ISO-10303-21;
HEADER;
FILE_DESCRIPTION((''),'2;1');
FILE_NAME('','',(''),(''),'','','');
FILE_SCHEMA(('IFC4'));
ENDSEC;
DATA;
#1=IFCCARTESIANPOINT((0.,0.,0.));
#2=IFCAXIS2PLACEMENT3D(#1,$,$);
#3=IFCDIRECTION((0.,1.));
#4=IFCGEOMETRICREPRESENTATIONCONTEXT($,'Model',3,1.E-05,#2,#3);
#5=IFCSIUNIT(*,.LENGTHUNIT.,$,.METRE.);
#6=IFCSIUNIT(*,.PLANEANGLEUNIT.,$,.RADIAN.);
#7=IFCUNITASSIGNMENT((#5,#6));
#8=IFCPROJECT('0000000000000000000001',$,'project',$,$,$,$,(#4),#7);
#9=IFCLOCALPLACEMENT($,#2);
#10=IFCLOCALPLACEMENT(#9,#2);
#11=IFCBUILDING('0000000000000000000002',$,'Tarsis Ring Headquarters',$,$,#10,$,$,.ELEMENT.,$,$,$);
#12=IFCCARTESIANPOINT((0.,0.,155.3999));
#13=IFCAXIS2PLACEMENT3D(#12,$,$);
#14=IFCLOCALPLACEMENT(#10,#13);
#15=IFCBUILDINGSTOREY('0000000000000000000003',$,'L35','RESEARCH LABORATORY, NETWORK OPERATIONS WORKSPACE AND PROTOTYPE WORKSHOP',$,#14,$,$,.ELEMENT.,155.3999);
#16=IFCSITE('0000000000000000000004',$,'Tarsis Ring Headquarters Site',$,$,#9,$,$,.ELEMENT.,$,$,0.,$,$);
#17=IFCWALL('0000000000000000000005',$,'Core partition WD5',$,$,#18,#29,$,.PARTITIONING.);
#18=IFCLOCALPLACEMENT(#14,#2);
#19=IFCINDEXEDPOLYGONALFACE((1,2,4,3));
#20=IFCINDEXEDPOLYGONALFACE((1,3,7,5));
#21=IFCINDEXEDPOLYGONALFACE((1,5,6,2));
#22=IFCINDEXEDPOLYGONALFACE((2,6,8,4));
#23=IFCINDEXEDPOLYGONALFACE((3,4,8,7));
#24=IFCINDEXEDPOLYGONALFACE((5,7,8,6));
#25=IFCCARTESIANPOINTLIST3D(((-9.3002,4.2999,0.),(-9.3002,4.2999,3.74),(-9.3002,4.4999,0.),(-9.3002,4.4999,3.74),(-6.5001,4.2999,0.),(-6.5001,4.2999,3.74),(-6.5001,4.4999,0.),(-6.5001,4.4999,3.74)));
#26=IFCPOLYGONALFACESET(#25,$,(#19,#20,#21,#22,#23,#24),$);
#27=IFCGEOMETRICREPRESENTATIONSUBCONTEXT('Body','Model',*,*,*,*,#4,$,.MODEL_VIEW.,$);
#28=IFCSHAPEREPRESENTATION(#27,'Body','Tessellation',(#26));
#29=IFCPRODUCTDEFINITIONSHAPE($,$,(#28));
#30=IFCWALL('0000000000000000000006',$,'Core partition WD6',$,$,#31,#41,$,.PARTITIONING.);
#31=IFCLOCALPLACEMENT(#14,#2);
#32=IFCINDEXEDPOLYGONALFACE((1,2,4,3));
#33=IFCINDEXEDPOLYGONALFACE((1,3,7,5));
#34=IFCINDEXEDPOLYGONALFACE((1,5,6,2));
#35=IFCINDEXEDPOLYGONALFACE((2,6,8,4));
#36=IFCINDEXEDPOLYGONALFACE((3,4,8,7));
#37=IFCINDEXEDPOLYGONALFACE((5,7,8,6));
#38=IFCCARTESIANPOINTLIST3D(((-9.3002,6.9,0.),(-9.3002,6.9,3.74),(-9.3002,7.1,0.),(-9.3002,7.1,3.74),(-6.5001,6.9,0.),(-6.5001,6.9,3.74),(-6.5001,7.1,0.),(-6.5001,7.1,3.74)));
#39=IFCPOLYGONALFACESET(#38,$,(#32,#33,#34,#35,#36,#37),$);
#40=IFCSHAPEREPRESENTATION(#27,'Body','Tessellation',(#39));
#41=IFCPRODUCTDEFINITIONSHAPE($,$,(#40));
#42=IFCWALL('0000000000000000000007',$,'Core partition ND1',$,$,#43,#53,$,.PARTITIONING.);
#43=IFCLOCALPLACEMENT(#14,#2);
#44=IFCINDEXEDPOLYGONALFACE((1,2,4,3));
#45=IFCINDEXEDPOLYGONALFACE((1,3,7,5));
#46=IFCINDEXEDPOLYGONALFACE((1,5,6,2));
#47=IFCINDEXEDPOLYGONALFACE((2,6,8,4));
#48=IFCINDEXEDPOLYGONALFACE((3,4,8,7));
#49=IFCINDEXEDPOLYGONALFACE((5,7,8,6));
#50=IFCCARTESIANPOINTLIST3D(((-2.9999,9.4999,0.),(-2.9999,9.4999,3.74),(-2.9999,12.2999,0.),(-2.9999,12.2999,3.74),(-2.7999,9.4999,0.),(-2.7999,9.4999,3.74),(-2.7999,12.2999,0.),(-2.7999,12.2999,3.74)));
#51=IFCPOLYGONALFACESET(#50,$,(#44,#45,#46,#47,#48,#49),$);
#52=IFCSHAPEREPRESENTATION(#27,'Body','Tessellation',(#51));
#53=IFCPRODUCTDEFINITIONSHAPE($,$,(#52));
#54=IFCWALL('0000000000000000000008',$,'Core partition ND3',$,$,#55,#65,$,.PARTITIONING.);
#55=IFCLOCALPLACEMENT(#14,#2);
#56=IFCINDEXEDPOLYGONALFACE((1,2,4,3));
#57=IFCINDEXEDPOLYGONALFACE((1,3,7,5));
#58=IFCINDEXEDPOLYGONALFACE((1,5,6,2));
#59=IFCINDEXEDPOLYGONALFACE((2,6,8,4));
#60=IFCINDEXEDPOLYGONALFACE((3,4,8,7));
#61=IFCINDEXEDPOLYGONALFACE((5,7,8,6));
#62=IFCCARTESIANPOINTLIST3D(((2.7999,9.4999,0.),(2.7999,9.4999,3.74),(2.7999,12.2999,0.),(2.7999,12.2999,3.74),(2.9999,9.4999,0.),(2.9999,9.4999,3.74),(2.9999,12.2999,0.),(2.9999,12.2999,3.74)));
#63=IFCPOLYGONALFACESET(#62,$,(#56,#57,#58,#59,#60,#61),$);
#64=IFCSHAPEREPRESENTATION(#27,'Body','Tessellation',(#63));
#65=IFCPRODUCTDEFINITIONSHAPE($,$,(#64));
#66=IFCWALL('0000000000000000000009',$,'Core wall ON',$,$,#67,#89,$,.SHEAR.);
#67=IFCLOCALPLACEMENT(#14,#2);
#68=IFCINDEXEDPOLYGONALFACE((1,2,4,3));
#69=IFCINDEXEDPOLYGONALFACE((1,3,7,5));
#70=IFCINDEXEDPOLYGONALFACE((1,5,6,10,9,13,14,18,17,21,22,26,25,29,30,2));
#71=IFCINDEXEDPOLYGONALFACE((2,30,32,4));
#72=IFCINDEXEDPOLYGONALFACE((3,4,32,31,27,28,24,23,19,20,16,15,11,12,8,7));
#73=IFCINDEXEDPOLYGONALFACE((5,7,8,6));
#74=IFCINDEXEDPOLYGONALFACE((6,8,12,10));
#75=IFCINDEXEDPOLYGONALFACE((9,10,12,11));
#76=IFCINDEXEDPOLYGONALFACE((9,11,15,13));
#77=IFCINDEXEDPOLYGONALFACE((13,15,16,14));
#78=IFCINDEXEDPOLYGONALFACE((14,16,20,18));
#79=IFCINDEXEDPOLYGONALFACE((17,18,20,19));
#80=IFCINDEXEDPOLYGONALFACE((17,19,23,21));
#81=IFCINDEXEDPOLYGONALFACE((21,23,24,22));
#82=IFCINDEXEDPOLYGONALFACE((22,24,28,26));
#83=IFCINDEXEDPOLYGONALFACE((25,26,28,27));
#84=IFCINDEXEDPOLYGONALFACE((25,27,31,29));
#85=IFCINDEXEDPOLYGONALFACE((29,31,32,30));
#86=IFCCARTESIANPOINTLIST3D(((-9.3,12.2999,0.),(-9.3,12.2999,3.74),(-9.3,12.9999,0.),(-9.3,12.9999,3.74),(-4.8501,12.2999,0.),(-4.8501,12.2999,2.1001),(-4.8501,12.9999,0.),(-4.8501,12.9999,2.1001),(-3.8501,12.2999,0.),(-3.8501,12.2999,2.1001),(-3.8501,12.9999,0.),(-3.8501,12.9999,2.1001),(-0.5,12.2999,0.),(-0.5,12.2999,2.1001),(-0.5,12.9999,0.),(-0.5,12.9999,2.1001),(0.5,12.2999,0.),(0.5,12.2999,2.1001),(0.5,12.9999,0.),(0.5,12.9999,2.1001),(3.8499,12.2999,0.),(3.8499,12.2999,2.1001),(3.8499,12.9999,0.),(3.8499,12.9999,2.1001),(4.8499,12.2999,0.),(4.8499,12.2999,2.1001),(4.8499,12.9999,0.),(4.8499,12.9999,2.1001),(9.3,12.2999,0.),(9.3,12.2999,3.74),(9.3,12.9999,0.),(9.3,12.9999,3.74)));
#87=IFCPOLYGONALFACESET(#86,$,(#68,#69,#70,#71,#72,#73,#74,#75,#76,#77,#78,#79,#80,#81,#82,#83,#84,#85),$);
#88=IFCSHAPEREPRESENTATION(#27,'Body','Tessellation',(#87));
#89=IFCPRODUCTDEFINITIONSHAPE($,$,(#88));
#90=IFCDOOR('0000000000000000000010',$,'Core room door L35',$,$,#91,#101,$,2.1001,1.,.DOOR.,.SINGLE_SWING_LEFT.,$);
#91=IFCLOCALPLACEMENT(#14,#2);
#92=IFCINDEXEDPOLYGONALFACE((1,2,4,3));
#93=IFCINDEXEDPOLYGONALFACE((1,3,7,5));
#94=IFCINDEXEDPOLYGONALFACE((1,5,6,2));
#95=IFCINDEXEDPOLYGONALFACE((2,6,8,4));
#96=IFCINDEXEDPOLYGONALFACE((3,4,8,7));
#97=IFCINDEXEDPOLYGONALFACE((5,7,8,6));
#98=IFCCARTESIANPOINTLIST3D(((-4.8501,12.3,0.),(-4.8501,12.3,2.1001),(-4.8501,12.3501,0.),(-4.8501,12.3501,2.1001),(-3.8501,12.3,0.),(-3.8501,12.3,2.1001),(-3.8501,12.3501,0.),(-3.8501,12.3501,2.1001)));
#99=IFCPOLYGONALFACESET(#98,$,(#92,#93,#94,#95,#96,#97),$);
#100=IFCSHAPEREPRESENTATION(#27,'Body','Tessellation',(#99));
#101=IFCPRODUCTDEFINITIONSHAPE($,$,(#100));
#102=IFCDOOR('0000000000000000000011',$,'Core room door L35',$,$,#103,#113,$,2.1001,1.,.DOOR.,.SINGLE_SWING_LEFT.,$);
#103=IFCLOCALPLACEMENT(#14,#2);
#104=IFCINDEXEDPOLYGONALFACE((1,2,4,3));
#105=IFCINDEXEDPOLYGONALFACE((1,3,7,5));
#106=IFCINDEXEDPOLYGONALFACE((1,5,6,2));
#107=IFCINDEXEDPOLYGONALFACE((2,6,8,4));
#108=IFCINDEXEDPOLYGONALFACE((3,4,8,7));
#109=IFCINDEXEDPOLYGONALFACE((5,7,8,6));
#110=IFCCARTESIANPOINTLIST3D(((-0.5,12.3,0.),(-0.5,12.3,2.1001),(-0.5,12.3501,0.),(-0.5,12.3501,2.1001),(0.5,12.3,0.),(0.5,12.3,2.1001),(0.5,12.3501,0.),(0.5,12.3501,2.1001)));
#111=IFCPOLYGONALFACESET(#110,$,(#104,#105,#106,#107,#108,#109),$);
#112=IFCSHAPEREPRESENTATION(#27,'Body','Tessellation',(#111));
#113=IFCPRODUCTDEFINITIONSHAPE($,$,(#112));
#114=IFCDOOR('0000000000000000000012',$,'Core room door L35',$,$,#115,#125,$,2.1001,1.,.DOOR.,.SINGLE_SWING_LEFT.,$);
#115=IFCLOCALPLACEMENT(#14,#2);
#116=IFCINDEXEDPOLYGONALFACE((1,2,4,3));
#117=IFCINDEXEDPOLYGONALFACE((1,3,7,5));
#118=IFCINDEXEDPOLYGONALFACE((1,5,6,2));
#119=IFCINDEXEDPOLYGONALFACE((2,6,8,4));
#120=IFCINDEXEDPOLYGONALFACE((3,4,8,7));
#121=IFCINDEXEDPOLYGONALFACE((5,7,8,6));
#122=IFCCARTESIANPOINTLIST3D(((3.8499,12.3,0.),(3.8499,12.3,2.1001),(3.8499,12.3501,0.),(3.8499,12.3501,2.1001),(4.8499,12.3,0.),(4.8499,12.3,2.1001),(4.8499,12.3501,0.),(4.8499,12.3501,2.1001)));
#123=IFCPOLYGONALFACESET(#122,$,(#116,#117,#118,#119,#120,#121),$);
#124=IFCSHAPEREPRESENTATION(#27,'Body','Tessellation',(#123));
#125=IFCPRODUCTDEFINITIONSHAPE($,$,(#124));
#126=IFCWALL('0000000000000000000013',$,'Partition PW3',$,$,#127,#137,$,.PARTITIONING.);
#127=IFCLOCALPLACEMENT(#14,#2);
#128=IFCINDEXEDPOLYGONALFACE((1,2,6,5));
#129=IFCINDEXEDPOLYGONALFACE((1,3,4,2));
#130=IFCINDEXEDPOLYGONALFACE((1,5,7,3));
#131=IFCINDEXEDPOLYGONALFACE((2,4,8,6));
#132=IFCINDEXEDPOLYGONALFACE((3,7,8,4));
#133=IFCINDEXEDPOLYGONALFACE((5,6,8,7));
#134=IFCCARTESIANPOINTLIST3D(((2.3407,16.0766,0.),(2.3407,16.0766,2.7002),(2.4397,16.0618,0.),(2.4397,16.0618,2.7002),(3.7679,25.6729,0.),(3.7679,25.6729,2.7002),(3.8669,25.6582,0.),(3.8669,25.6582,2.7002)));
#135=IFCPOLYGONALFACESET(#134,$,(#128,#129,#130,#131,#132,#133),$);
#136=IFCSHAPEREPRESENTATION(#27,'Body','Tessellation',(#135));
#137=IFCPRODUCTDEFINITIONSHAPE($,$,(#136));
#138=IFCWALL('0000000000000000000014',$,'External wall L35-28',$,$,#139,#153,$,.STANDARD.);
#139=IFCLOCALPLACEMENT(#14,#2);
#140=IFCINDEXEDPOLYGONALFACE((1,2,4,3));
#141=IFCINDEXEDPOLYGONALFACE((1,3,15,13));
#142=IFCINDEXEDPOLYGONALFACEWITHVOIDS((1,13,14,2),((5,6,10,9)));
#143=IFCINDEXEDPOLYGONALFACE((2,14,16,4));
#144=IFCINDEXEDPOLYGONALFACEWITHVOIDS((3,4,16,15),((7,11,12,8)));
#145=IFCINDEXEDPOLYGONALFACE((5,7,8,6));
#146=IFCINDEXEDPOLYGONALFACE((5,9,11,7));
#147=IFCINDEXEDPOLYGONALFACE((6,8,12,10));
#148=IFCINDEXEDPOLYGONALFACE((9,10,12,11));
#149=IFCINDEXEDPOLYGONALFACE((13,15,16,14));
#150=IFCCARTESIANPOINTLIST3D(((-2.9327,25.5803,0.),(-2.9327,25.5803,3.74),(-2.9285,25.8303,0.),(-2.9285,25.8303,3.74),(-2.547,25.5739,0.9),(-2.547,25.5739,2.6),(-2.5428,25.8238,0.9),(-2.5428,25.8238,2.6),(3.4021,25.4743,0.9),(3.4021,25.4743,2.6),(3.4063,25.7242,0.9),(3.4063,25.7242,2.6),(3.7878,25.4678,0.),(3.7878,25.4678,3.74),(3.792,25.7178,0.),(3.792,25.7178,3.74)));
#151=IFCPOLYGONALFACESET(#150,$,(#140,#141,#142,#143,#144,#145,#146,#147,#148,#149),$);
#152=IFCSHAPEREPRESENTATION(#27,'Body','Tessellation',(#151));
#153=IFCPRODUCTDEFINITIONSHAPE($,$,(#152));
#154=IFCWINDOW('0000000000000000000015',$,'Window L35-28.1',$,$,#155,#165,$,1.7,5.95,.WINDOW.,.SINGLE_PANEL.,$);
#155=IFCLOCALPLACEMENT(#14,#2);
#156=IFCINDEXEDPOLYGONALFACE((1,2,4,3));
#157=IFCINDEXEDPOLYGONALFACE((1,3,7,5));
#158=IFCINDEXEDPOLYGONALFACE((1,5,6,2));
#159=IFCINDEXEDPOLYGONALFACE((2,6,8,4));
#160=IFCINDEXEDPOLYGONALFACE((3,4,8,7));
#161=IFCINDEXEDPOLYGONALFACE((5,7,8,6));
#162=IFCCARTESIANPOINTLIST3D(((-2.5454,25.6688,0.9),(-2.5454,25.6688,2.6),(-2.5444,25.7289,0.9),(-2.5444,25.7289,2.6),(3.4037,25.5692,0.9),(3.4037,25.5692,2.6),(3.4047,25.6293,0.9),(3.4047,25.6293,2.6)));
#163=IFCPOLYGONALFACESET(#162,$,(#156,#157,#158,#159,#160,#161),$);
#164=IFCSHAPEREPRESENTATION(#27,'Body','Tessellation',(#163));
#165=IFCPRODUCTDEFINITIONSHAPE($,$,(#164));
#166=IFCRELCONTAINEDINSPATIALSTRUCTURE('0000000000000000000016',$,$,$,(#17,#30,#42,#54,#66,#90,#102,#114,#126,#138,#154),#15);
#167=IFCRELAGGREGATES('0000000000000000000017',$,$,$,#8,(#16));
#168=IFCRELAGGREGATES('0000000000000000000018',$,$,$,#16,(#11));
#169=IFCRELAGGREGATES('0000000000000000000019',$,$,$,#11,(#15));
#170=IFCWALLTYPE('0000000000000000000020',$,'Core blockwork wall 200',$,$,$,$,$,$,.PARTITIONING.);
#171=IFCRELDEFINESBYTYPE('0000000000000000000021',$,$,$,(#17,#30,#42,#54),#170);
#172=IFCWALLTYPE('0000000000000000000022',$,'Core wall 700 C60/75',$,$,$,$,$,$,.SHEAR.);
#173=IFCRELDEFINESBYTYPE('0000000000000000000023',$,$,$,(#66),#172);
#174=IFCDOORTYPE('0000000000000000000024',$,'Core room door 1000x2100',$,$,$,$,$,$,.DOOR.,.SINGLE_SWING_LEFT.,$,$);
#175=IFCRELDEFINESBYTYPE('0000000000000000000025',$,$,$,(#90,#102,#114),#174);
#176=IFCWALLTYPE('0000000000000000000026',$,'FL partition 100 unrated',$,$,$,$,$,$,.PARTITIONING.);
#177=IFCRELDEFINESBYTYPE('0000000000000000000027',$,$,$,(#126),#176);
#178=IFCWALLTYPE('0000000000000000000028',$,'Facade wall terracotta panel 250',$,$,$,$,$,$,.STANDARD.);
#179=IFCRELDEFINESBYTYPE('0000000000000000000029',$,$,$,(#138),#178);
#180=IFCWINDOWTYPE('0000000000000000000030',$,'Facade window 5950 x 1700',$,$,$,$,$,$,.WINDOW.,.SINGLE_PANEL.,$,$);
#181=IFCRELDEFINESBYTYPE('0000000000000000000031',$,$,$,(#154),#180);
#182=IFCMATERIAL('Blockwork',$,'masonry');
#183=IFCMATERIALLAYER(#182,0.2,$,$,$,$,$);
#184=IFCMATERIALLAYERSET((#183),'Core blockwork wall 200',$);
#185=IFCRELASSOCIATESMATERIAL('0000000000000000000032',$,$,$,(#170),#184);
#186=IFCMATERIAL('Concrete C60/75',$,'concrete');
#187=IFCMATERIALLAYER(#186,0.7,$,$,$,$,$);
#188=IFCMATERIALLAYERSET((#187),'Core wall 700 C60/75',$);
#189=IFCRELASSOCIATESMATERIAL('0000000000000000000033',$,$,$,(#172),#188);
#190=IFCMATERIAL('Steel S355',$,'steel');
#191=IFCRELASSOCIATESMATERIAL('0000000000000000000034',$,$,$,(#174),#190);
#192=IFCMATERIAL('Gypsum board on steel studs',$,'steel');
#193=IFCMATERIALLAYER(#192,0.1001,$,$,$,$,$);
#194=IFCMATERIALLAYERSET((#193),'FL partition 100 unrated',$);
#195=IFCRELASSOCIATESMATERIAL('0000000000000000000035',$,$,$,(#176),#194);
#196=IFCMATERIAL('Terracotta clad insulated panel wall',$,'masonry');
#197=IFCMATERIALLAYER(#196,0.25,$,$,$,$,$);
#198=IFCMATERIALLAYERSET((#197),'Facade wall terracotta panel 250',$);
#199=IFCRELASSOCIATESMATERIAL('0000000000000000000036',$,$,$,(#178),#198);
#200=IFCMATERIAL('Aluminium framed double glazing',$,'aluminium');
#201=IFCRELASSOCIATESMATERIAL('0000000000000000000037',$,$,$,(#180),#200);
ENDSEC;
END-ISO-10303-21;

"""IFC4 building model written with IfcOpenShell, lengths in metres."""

from ifc_helpers import new_model, si_unit, direction, frame, frame_2d, origin, place, context, subcontext, project, spatial, rectangle, extrude, material, layer, layer_set, type_object, element, fill, save


model = new_model("IFC4")

# Units and contexts
model_context = context("Model", 3, precision=1e-05, world=origin(), true_north=direction((0.0, 1.0)))
body_context = subcontext(model_context, "Body", "Model", "MODEL_VIEW")
ifc_project = project(units=[si_unit("LENGTHUNIT", "METRE"), si_unit("PLANEANGLEUNIT", "RADIAN")], contexts=[model_context])

# Site, building, storey
site_placement = place(None, origin())
site = spatial("IfcSite", under=ifc_project, at=site_placement, Name="Tarsis Ring Headquarters Site", CompositionType="ELEMENT", RefElevation=0.0)
building_placement = place(site_placement, origin())
building = spatial("IfcBuilding", under=site, at=building_placement, Name="Tarsis Ring Headquarters", CompositionType="ELEMENT")
storey_placement = place(building_placement, frame((0.0, 0.0, 155.3999)))
storey = spatial("IfcBuildingStorey", under=building, at=storey_placement, Name="L35", Description="RESEARCH LABORATORY, NETWORK OPERATIONS WORKSPACE AND PROTOTYPE WORKSHOP", CompositionType="ELEMENT", Elevation=155.3999)

# Walls
ifc_material_1 = material(Name="Blockwork", Category="masonry")
ifc_layer_1 = layer(ifc_material_1, 0.2)
ifc_layer_set_1 = layer_set([ifc_layer_1], Name="Core blockwork wall 200")
wall_type_1 = type_object("IfcWallType", Name="Core blockwork wall 200", PredefinedType="PARTITIONING", material=ifc_layer_set_1)
for number, where, z_axis, x_axis, name in (
    (1, (-9.3, 4.3999, 0.0), (0.0, 0.0, 1.0), (1.0, 0.0, 0.0), "Core partition WD5"),
    (2, (-9.3, 7.0, 0.0), (0.0, 0.0, 1.0), (1.0, 0.0, 0.0), "Core partition WD6"),
    (3, (-2.8999, 9.5, 0.0), (0.0, 0.0, 1.0), (0.0, 1.0, 0.0), "Core partition ND1"),
    (4, (2.8999, 9.5, 0.0), (0.0, 0.0, 1.0), (0.0, 1.0, 0.0), "Core partition ND3"),
):
    element("IfcWall", number, at=place(storey_placement, frame(where, z_axis=z_axis, x_axis=x_axis)), inside=storey, type_object=wall_type_1, Name=name, PredefinedType="PARTITIONING", context=body_context, shape_type="SweptSolid", body=[
        extrude(rectangle(XDim=2.8, YDim=0.2, at=frame_2d((1.3999, 0.0))), origin(), (0.0, 0.0, 1.0), 3.74),
    ])

# Wall, openings, doors
ifc_material_2 = material(Name="Concrete C60/75", Category="concrete")
ifc_layer_2 = layer(ifc_material_2, 0.7)
ifc_layer_set_2 = layer_set([ifc_layer_2], Name="Core wall 700 C60/75")
wall_type_2 = type_object("IfcWallType", Name="Core wall 700 C60/75", PredefinedType="SHEAR", material=ifc_layer_set_2)
wall_1_placement = place(storey_placement, frame((-9.3, 12.6499, 0.0), z_axis=(0.0, 0.0, 1.0), x_axis=(1.0, 0.0, 0.0)))
wall_1 = element("IfcWall", 5, at=wall_1_placement, inside=storey, type_object=wall_type_2, Name="Core wall ON", PredefinedType="SHEAR", context=body_context, shape_type="SweptSolid", body=[
    extrude(rectangle(XDim=18.6001, YDim=0.7, at=frame_2d((9.3, 0.0))), origin(), (0.0, 0.0, 1.0), 3.74),
])
opening_1_placement = place(wall_1_placement, frame((4.45, 0.0, 0.0)))
opening_1 = element("IfcOpeningElement", 6, at=opening_1_placement, cuts=wall_1, PredefinedType="OPENING", context=body_context, shape_type="SweptSolid", body=[
    extrude(rectangle(XDim=1.0, YDim=2.1001, at=frame_2d((0.5, 1.05))), frame((0.0, 0.3599, 0.0), z_axis=(0.0, -1.0, 0.0), x_axis=(1.0, 0.0, 0.0)), (0.0, 0.0, 1.0), 0.72),
])
opening_2_placement = place(wall_1_placement, frame((8.8, 0.0, 0.0)))
opening_2 = element("IfcOpeningElement", 7, at=opening_2_placement, cuts=wall_1, PredefinedType="OPENING", context=body_context, shape_type="SweptSolid", body=[
    extrude(rectangle(XDim=1.0, YDim=2.1001, at=frame_2d((0.5, 1.05))), frame((0.0, 0.3599, 0.0), z_axis=(0.0, -1.0, 0.0), x_axis=(1.0, 0.0, 0.0)), (0.0, 0.0, 1.0), 0.72),
])
opening_3_placement = place(wall_1_placement, frame((13.1499, 0.0, 0.0)))
opening_3 = element("IfcOpeningElement", 8, at=opening_3_placement, cuts=wall_1, PredefinedType="OPENING", context=body_context, shape_type="SweptSolid", body=[
    extrude(rectangle(XDim=1.0, YDim=2.1001, at=frame_2d((0.5, 1.05))), frame((0.0, 0.3599, 0.0), z_axis=(0.0, -1.0, 0.0), x_axis=(1.0, 0.0, 0.0)), (0.0, 0.0, 1.0), 0.72),
])
ifc_material_3 = material(Name="Steel S355", Category="steel")
door_type_1 = type_object("IfcDoorType", Name="Core room door 1000x2100", OperationType="SINGLE_SWING_LEFT", PredefinedType="DOOR", material=ifc_material_3)
door_1_placement = place(opening_1_placement, origin())
door_1 = element("IfcDoor", 9, at=door_1_placement, inside=storey, type_object=door_type_1, Name="Core room door L35", OperationType="SINGLE_SWING_LEFT", OverallHeight=2.1001, OverallWidth=1.0, PredefinedType="DOOR", context=body_context, shape_type="SweptSolid", body=[
    extrude(rectangle(XDim=1.0, YDim=2.1001, at=frame_2d((0.5, 1.05))), frame((0.0, -0.2998, 0.0), z_axis=(0.0, -1.0, 0.0), x_axis=(1.0, 0.0, 0.0)), (0.0, 0.0, 1.0), 0.05),
])
fill(opening_1, door_1)
door_2_placement = place(opening_2_placement, origin())
door_2 = element("IfcDoor", 10, at=door_2_placement, inside=storey, type_object=door_type_1, Name="Core room door L35", OperationType="SINGLE_SWING_LEFT", OverallHeight=2.1001, OverallWidth=1.0, PredefinedType="DOOR", context=body_context, shape_type="SweptSolid", body=[
    extrude(rectangle(XDim=1.0, YDim=2.1001, at=frame_2d((0.5, 1.05))), frame((0.0, -0.2998, 0.0), z_axis=(0.0, -1.0, 0.0), x_axis=(1.0, 0.0, 0.0)), (0.0, 0.0, 1.0), 0.05),
])
fill(opening_2, door_2)
door_3_placement = place(opening_3_placement, origin())
door_3 = element("IfcDoor", 11, at=door_3_placement, inside=storey, type_object=door_type_1, Name="Core room door L35", OperationType="SINGLE_SWING_LEFT", OverallHeight=2.1001, OverallWidth=1.0, PredefinedType="DOOR", context=body_context, shape_type="SweptSolid", body=[
    extrude(rectangle(XDim=1.0, YDim=2.1001, at=frame_2d((0.5, 1.05))), frame((0.0, -0.2998, 0.0), z_axis=(0.0, -1.0, 0.0), x_axis=(1.0, 0.0, 0.0)), (0.0, 0.0, 1.0), 0.05),
])
fill(opening_3, door_3)

# Wall
ifc_material_4 = material(Name="Gypsum board on steel studs", Category="steel")
ifc_layer_3 = layer(ifc_material_4, 0.1001)
ifc_layer_set_3 = layer_set([ifc_layer_3], Name="FL partition 100 unrated")
wall_type_3 = type_object("IfcWallType", Name="FL partition 100 unrated", PredefinedType="PARTITIONING", material=ifc_layer_set_3)
wall_2_placement = place(storey_placement, frame((2.3901, 16.0691, 0.0), z_axis=(0.0, 0.0, 1.0), x_axis=(0.147109, 0.98912, 0.0)))
element("IfcWall", 12, at=wall_2_placement, inside=storey, type_object=wall_type_3, Name="Partition PW3", PredefinedType="PARTITIONING", context=body_context, shape_type="SweptSolid", body=[
    extrude(rectangle(XDim=9.7019, YDim=0.1001, at=frame_2d((4.8511, 0.0))), origin(), (0.0, 0.0, 1.0), 2.7002),
])

# Wall, opening, window
ifc_material_5 = material(Name="Terracotta clad insulated panel wall", Category="masonry")
ifc_layer_4 = layer(ifc_material_5, 0.25)
ifc_layer_set_4 = layer_set([ifc_layer_4], Name="Facade wall terracotta panel 250")
wall_type_4 = type_object("IfcWallType", Name="Facade wall terracotta panel 250", PredefinedType="STANDARD", material=ifc_layer_set_4)
wall_3_placement = place(storey_placement, frame((3.79, 25.5928, 0.0), z_axis=(0.0, 0.0, 1.0), x_axis=(-0.99986, 0.016745, 0.0)))
wall_3 = element("IfcWall", 13, at=wall_3_placement, inside=storey, type_object=wall_type_4, Name="External wall L35-28", PredefinedType="STANDARD", context=body_context, shape_type="SweptSolid", body=[
    extrude(rectangle(XDim=6.7214, YDim=0.25, at=frame_2d((3.3608, 0.0))), origin(), (0.0, 0.0, 1.0), 3.74),
])
opening_4_placement = place(wall_3_placement, frame((0.3857, 0.0, 0.8999)))
opening_4 = element("IfcOpeningElement", 14, at=opening_4_placement, cuts=wall_3, PredefinedType="OPENING", context=body_context, shape_type="SweptSolid", body=[
    extrude(rectangle(XDim=5.95, YDim=1.7, at=frame_2d((2.9751, 0.8501))), frame((0.0, 0.135, 0.0), z_axis=(0.0, -1.0, 0.0), x_axis=(1.0, 0.0, 0.0)), (0.0, 0.0, 1.0), 0.27),
])
ifc_material_6 = material(Name="Aluminium framed double glazing", Category="aluminium")
window_type = type_object("IfcWindowType", Name="Facade window 5950 x 1700", PartitioningType="SINGLE_PANEL", PredefinedType="WINDOW", material=ifc_material_6)
window_1_placement = place(opening_4_placement, origin())
window_1 = element("IfcWindow", 15, at=window_1_placement, inside=storey, type_object=window_type, Name="Window L35-28.1", OverallHeight=1.7, OverallWidth=5.95, PartitioningType="SINGLE_PANEL", PredefinedType="WINDOW", context=body_context, shape_type="SweptSolid", body=[
    extrude(rectangle(XDim=5.95, YDim=1.7, at=frame_2d((2.9751, 0.8501))), frame((0.0, 0.03, 0.0), z_axis=(0.0, -1.0, 0.0), x_axis=(1.0, 0.0, 0.0)), (0.0, 0.0, 1.0), 0.0601),
])
fill(opening_4, window_1)

save(model, "model.ifc")
